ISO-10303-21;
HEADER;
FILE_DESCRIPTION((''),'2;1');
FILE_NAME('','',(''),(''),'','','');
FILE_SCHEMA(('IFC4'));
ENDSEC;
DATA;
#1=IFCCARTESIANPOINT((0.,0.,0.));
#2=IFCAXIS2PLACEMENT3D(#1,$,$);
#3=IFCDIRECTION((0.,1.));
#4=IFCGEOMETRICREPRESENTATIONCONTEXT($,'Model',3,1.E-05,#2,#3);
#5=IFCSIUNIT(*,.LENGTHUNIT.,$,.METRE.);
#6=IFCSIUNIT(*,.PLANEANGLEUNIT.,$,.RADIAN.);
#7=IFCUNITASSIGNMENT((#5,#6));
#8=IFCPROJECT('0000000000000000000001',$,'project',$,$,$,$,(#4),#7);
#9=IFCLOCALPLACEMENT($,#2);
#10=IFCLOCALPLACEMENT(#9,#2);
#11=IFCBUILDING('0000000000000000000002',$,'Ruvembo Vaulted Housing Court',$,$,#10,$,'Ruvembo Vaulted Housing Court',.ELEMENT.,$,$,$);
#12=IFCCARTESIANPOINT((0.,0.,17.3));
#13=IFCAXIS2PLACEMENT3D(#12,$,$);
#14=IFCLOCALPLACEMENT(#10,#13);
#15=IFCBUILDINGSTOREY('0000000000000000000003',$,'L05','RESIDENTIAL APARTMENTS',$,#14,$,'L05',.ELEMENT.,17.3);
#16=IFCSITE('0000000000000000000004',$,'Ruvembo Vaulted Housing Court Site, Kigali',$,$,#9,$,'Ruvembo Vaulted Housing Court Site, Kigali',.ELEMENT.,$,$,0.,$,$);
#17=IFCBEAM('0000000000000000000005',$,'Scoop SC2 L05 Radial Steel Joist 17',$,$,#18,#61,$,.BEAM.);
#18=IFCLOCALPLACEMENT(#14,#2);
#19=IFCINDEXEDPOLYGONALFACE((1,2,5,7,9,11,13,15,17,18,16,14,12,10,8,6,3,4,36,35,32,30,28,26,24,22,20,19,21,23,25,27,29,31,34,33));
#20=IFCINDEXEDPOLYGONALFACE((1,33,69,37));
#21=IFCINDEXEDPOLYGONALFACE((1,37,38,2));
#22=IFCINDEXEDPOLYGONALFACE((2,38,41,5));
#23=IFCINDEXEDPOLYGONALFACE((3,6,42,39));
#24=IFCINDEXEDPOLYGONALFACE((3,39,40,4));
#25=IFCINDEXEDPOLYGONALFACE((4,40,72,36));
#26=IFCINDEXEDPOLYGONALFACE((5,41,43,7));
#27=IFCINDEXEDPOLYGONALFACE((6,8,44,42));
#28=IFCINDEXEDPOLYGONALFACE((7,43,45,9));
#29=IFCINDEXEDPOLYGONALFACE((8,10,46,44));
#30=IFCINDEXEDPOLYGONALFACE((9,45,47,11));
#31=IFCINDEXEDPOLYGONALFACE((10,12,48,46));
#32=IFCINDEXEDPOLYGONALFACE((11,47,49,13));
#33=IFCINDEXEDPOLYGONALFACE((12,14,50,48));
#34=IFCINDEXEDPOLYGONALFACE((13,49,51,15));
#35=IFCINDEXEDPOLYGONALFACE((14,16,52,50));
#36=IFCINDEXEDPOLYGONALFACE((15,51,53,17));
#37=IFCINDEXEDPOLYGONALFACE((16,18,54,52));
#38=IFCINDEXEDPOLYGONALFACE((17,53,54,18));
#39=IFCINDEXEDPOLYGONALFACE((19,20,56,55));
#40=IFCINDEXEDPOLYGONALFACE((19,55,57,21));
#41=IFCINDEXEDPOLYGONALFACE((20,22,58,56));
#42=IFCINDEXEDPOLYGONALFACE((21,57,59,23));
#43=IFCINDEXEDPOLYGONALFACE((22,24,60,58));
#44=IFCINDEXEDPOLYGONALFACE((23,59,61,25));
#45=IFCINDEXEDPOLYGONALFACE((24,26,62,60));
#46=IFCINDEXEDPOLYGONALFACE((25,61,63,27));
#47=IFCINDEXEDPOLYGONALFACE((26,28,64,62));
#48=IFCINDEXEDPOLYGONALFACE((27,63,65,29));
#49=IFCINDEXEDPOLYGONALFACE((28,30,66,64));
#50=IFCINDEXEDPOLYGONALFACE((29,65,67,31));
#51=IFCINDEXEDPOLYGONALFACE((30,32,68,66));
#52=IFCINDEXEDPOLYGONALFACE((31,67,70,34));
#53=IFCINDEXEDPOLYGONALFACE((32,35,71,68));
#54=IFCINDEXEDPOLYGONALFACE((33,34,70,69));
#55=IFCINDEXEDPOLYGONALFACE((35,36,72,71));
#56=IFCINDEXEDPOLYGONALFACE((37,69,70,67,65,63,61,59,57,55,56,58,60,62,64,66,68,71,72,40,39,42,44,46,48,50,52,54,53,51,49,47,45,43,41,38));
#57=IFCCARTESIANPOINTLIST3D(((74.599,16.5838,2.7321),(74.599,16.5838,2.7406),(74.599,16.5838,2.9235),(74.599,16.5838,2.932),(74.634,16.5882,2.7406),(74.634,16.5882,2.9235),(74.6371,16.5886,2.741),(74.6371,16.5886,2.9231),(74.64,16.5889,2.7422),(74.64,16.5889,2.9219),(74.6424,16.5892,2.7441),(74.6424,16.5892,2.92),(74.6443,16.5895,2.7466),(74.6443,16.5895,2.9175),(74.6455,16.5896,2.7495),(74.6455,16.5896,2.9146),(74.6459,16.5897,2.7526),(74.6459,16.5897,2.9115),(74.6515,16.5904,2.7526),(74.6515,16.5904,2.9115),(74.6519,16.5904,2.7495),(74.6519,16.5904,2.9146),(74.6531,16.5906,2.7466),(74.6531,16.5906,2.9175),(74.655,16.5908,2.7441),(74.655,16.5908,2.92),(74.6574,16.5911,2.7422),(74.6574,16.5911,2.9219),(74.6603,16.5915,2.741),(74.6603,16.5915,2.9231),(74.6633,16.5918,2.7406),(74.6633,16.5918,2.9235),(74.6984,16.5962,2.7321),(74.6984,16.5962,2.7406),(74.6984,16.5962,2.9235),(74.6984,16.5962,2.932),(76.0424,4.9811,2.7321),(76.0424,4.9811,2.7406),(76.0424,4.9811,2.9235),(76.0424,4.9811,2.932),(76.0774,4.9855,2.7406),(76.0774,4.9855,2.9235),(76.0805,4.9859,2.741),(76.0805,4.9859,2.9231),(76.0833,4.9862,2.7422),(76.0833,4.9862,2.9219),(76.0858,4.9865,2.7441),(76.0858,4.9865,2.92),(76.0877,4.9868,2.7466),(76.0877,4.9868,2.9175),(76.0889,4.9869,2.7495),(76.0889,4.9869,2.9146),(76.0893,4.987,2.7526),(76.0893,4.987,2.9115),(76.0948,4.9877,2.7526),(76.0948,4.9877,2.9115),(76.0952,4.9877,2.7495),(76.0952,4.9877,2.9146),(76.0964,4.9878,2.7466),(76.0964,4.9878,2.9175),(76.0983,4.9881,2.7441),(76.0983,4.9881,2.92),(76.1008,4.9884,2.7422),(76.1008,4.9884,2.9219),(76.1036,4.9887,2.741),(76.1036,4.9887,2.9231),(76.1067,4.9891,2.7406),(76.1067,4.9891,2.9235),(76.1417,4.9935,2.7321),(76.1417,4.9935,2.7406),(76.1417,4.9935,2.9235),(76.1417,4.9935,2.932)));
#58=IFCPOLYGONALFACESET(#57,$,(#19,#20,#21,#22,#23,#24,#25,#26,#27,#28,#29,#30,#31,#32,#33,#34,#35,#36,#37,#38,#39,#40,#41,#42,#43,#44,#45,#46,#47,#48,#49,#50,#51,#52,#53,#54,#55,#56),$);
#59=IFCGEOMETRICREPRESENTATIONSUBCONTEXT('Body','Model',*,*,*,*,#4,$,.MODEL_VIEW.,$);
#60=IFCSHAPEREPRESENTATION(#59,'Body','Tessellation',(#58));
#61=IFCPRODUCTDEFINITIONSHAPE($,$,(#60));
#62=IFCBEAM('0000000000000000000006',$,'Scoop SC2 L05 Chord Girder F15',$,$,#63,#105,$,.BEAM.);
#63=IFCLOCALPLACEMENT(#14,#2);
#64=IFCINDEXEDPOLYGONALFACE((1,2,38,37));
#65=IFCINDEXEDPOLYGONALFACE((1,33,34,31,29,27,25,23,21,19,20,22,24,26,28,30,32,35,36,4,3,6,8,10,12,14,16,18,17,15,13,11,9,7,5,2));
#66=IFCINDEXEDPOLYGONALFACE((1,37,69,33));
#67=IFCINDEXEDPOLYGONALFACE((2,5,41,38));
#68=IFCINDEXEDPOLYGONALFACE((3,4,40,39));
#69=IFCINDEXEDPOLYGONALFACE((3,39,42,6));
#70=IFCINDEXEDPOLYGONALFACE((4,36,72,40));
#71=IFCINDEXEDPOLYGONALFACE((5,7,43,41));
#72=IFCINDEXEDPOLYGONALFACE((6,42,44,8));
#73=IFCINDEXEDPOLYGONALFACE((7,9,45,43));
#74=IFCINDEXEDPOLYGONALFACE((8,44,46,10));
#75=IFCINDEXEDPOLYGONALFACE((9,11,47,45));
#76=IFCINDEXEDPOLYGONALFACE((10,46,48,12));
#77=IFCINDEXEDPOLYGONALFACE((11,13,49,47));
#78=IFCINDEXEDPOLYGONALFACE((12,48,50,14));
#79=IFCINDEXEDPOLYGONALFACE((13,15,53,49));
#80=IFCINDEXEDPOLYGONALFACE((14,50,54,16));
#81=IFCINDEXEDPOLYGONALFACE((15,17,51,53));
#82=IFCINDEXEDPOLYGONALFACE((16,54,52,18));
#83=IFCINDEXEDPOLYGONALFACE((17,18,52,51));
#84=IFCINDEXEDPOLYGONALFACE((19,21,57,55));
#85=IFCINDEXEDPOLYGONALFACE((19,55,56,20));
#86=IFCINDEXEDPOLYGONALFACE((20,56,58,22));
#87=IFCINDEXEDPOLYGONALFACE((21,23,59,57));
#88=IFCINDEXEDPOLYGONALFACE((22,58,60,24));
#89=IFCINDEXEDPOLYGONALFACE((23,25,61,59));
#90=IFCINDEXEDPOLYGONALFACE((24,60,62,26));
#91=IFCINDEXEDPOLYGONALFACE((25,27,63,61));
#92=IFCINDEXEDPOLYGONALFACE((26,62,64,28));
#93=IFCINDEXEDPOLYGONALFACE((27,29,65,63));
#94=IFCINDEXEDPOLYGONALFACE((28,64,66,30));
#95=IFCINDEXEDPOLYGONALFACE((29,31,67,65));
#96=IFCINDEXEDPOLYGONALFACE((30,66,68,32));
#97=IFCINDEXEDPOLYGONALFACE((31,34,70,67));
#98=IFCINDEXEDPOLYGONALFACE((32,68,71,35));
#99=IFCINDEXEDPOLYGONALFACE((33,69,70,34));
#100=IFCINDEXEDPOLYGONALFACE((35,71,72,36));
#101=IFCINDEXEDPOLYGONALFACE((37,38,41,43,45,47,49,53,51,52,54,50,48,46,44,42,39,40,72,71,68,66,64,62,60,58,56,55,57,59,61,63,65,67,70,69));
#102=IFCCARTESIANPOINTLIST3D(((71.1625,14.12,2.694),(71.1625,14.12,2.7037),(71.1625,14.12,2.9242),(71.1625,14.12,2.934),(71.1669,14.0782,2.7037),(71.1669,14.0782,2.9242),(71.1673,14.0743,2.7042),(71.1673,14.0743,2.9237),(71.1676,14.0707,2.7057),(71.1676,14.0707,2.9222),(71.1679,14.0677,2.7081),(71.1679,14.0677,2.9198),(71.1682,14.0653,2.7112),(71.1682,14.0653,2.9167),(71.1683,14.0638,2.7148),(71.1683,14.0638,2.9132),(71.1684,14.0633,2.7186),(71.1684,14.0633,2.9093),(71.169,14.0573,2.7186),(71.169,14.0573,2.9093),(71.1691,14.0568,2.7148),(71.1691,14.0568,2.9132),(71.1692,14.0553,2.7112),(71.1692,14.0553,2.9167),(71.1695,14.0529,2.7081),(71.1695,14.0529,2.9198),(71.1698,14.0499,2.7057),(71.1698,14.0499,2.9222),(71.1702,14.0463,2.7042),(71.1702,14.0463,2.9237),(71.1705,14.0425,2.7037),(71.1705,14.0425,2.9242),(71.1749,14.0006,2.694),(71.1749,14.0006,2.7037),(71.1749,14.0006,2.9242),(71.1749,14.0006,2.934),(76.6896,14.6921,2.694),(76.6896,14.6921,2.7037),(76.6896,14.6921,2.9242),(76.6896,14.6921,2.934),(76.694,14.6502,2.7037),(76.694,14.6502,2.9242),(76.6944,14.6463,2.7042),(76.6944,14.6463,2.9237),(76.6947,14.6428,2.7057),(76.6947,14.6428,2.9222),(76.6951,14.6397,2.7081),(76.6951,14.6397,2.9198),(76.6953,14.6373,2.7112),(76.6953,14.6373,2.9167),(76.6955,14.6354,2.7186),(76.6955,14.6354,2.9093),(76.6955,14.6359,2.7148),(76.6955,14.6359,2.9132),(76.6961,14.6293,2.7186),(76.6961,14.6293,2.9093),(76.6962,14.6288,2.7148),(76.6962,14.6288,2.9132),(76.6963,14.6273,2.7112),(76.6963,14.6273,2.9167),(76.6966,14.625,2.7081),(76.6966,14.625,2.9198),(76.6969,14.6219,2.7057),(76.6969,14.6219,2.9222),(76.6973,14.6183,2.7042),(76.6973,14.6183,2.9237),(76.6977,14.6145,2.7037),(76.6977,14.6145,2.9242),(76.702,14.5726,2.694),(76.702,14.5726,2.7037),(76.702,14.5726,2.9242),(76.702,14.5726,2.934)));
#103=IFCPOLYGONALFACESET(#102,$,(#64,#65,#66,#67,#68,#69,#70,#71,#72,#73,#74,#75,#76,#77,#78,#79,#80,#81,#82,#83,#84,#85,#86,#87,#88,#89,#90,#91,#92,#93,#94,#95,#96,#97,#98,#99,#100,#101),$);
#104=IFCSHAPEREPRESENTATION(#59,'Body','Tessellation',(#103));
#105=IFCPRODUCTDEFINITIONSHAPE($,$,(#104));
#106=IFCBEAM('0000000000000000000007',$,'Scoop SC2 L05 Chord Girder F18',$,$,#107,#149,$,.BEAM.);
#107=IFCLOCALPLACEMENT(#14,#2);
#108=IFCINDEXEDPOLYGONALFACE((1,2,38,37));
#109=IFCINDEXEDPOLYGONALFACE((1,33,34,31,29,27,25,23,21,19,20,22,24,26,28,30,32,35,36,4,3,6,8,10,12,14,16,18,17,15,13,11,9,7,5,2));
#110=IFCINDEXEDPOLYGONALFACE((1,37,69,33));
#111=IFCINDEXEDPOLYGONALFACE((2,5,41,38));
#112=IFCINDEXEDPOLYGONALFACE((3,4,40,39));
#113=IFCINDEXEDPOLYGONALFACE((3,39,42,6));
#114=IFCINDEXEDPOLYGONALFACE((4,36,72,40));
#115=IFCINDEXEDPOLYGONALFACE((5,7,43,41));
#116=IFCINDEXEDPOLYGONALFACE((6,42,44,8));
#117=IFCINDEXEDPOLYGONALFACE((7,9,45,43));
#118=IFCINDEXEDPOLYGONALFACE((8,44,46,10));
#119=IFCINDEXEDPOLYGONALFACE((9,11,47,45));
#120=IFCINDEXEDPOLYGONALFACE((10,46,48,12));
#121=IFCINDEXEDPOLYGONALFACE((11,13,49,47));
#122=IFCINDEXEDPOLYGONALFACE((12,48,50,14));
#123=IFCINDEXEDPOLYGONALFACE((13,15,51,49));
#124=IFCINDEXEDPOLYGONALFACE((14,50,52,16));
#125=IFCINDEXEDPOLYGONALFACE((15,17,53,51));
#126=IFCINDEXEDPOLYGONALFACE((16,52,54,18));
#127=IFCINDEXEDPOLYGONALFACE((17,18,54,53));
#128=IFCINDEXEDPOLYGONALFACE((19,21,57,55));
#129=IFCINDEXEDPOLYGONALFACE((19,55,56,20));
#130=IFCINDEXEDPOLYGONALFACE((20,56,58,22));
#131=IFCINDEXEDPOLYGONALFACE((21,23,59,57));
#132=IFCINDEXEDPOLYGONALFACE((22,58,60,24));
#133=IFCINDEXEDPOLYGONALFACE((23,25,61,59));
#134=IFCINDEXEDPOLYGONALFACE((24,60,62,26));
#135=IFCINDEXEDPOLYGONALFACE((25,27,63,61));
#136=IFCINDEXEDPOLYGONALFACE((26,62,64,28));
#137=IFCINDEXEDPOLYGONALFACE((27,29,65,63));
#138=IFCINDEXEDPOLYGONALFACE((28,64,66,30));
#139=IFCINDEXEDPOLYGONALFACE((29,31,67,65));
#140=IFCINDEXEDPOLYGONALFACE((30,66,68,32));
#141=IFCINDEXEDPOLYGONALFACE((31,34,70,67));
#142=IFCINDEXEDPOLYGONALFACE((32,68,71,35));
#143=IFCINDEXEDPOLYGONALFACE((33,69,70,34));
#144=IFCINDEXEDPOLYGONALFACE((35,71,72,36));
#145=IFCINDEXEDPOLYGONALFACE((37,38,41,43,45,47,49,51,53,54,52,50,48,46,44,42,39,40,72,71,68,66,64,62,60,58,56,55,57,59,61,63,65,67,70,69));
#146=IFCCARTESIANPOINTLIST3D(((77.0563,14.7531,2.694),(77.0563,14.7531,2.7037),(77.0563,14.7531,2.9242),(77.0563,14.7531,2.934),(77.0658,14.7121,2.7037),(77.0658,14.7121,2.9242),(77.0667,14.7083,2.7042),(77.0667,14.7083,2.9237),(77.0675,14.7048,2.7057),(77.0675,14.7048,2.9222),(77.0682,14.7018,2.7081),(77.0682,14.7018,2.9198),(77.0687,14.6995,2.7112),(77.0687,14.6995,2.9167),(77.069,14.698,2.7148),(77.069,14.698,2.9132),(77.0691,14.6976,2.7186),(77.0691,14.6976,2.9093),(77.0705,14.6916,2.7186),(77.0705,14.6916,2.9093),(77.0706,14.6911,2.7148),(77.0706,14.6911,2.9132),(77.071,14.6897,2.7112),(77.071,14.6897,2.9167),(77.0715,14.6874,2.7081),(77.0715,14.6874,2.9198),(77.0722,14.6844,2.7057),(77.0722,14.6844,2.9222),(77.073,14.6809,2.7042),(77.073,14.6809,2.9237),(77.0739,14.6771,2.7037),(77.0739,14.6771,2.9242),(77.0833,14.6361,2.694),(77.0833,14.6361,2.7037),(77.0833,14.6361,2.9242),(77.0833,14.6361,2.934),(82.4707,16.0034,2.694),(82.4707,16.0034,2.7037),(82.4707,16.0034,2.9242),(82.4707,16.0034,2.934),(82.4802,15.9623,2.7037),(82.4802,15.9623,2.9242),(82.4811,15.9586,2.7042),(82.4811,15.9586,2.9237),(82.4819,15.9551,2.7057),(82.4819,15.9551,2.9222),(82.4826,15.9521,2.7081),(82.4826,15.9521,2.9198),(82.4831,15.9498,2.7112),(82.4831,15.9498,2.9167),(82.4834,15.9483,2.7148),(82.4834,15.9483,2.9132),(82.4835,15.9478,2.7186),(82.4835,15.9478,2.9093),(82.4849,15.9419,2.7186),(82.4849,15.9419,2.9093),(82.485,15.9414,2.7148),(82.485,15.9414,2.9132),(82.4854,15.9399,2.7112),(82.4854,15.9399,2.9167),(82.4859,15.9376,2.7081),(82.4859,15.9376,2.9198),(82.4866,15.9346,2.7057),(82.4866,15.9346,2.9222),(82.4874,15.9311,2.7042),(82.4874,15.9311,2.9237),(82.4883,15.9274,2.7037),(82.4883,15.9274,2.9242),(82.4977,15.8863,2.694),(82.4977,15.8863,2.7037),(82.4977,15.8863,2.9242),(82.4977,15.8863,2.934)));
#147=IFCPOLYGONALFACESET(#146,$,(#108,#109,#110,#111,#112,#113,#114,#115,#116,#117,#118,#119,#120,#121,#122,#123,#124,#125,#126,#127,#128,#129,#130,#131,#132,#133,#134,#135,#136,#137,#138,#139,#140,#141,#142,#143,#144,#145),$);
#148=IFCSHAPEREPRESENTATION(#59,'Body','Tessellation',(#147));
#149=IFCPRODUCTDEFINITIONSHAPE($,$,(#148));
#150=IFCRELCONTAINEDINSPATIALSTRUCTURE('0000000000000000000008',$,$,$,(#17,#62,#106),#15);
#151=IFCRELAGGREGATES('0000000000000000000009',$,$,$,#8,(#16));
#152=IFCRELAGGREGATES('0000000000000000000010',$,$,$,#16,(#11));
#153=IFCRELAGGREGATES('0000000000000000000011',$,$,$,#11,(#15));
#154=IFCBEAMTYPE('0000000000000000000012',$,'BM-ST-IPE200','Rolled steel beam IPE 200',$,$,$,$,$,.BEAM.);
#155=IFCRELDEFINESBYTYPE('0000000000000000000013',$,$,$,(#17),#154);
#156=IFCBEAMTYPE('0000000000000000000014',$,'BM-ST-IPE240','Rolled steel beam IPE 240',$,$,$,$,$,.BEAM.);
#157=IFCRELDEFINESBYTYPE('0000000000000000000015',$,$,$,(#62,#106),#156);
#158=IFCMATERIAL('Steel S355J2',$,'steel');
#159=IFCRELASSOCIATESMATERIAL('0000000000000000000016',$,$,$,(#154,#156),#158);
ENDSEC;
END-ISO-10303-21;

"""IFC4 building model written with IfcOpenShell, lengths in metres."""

from ifc_helpers import new_model, si_unit, direction, frame, origin, origin_2d, place, context, subcontext, project, spatial, i_section, extrude, material, material_profile, profile_set, type_object, element, save


model = new_model("IFC4")

# Units and contexts
model_context = context("Model", 3, precision=1e-05, world=origin(), true_north=direction((0.0, 1.0)))
body_context = subcontext(model_context, "Body", "Model", "MODEL_VIEW")
ifc_project = project(units=[si_unit("LENGTHUNIT", "METRE"), si_unit("PLANEANGLEUNIT", "RADIAN")], contexts=[model_context])

# Site, building, storey
site_placement = place(None, origin())
site = spatial("IfcSite", under=ifc_project, at=site_placement, Name="Ruvembo Vaulted Housing Court Site, Kigali", LongName="Ruvembo Vaulted Housing Court Site, Kigali", CompositionType="ELEMENT", RefElevation=0.0)
building_placement = place(site_placement, origin())
building = spatial("IfcBuilding", under=site, at=building_placement, Name="Ruvembo Vaulted Housing Court", LongName="Ruvembo Vaulted Housing Court", CompositionType="ELEMENT")
storey_placement = place(building_placement, frame((0.0, 0.0, 17.3)))
storey = spatial("IfcBuildingStorey", under=building, at=storey_placement, Name="L05", Description="RESIDENTIAL APARTMENTS", LongName="L05", CompositionType="ELEMENT", Elevation=17.3)

# Beams
ifc_material_1 = material(Name="Steel S355J2", Category="steel")
ifc_material_profile_1 = material_profile(ifc_material_1, i_section(OverallWidth=0.1001, OverallDepth=0.2, WebThickness=0.0056, FlangeThickness=0.0085, FilletRadius=0.012, at=origin_2d()), Name="IPE 200")
ifc_profile_set_1 = profile_set([ifc_material_profile_1], Name="Steel S355J2")
beam_type_1 = type_object("IfcBeamType", Name="BM-ST-IPE200", Description="Rolled steel beam IPE 200", PredefinedType="BEAM", material=ifc_profile_set_1)
beam_1_placement = place(storey_placement, frame((76.092, 4.9873, 2.832), z_axis=(-0.123446, 0.992351, 0.0), x_axis=(-0.992351, -0.123446, 0.0)))
element("IfcBeam", 1, at=beam_1_placement, inside=storey, type_object=beam_type_1, Name="Scoop SC2 L05 Radial Steel Joist 17", PredefinedType="BEAM", context=body_context, shape_type="SweptSolid", body=[
    extrude(i_section(OverallWidth=0.1001, OverallDepth=0.2, WebThickness=0.0056, FlangeThickness=0.0085, FilletRadius=0.012, at=origin_2d()), origin(), (0.0, 0.0, 1.0), 11.6921),
])
ifc_material_profile_2 = material_profile(ifc_material_1, i_section(OverallWidth=0.1201, OverallDepth=0.24, WebThickness=0.0061, FlangeThickness=0.0098, FilletRadius=0.0149, at=origin_2d()), Name="IPE 240")
ifc_profile_set_2 = profile_set([ifc_material_profile_2], Name="Steel S355J2")
beam_type_2 = type_object("IfcBeamType", Name="BM-ST-IPE240", Description="Rolled steel beam IPE 240", PredefinedType="BEAM", material=ifc_profile_set_2)
beam_2_placement = place(storey_placement, frame((71.1687, 14.0603, 2.814), z_axis=(0.994687, 0.102944, 0.0), x_axis=(-0.102944, 0.994687, 0.0)))
element("IfcBeam", 2, at=beam_2_placement, inside=storey, type_object=beam_type_2, Name="Scoop SC2 L05 Chord Girder F15", PredefinedType="BEAM", context=body_context, shape_type="SweptSolid", body=[
    extrude(i_section(OverallWidth=0.1201, OverallDepth=0.24, WebThickness=0.0061, FlangeThickness=0.0098, FilletRadius=0.0149, at=origin_2d()), origin(), (0.0, 0.0, 1.0), 5.5566),
])
beam_3_placement = place(storey_placement, frame((77.0698, 14.6946, 2.814), z_axis=(0.97436, 0.224994, 0.0), x_axis=(-0.224994, 0.97436, 0.0)))
element("IfcBeam", 3, at=beam_3_placement, inside=storey, type_object=beam_type_2, Name="Scoop SC2 L05 Chord Girder F18", PredefinedType="BEAM", context=body_context, shape_type="SweptSolid", body=[
    extrude(i_section(OverallWidth=0.1201, OverallDepth=0.24, WebThickness=0.0061, FlangeThickness=0.0098, FilletRadius=0.0149, at=origin_2d()), origin(), (0.0, 0.0, 1.0), 5.5569),
])

save(model, "model.ifc")
